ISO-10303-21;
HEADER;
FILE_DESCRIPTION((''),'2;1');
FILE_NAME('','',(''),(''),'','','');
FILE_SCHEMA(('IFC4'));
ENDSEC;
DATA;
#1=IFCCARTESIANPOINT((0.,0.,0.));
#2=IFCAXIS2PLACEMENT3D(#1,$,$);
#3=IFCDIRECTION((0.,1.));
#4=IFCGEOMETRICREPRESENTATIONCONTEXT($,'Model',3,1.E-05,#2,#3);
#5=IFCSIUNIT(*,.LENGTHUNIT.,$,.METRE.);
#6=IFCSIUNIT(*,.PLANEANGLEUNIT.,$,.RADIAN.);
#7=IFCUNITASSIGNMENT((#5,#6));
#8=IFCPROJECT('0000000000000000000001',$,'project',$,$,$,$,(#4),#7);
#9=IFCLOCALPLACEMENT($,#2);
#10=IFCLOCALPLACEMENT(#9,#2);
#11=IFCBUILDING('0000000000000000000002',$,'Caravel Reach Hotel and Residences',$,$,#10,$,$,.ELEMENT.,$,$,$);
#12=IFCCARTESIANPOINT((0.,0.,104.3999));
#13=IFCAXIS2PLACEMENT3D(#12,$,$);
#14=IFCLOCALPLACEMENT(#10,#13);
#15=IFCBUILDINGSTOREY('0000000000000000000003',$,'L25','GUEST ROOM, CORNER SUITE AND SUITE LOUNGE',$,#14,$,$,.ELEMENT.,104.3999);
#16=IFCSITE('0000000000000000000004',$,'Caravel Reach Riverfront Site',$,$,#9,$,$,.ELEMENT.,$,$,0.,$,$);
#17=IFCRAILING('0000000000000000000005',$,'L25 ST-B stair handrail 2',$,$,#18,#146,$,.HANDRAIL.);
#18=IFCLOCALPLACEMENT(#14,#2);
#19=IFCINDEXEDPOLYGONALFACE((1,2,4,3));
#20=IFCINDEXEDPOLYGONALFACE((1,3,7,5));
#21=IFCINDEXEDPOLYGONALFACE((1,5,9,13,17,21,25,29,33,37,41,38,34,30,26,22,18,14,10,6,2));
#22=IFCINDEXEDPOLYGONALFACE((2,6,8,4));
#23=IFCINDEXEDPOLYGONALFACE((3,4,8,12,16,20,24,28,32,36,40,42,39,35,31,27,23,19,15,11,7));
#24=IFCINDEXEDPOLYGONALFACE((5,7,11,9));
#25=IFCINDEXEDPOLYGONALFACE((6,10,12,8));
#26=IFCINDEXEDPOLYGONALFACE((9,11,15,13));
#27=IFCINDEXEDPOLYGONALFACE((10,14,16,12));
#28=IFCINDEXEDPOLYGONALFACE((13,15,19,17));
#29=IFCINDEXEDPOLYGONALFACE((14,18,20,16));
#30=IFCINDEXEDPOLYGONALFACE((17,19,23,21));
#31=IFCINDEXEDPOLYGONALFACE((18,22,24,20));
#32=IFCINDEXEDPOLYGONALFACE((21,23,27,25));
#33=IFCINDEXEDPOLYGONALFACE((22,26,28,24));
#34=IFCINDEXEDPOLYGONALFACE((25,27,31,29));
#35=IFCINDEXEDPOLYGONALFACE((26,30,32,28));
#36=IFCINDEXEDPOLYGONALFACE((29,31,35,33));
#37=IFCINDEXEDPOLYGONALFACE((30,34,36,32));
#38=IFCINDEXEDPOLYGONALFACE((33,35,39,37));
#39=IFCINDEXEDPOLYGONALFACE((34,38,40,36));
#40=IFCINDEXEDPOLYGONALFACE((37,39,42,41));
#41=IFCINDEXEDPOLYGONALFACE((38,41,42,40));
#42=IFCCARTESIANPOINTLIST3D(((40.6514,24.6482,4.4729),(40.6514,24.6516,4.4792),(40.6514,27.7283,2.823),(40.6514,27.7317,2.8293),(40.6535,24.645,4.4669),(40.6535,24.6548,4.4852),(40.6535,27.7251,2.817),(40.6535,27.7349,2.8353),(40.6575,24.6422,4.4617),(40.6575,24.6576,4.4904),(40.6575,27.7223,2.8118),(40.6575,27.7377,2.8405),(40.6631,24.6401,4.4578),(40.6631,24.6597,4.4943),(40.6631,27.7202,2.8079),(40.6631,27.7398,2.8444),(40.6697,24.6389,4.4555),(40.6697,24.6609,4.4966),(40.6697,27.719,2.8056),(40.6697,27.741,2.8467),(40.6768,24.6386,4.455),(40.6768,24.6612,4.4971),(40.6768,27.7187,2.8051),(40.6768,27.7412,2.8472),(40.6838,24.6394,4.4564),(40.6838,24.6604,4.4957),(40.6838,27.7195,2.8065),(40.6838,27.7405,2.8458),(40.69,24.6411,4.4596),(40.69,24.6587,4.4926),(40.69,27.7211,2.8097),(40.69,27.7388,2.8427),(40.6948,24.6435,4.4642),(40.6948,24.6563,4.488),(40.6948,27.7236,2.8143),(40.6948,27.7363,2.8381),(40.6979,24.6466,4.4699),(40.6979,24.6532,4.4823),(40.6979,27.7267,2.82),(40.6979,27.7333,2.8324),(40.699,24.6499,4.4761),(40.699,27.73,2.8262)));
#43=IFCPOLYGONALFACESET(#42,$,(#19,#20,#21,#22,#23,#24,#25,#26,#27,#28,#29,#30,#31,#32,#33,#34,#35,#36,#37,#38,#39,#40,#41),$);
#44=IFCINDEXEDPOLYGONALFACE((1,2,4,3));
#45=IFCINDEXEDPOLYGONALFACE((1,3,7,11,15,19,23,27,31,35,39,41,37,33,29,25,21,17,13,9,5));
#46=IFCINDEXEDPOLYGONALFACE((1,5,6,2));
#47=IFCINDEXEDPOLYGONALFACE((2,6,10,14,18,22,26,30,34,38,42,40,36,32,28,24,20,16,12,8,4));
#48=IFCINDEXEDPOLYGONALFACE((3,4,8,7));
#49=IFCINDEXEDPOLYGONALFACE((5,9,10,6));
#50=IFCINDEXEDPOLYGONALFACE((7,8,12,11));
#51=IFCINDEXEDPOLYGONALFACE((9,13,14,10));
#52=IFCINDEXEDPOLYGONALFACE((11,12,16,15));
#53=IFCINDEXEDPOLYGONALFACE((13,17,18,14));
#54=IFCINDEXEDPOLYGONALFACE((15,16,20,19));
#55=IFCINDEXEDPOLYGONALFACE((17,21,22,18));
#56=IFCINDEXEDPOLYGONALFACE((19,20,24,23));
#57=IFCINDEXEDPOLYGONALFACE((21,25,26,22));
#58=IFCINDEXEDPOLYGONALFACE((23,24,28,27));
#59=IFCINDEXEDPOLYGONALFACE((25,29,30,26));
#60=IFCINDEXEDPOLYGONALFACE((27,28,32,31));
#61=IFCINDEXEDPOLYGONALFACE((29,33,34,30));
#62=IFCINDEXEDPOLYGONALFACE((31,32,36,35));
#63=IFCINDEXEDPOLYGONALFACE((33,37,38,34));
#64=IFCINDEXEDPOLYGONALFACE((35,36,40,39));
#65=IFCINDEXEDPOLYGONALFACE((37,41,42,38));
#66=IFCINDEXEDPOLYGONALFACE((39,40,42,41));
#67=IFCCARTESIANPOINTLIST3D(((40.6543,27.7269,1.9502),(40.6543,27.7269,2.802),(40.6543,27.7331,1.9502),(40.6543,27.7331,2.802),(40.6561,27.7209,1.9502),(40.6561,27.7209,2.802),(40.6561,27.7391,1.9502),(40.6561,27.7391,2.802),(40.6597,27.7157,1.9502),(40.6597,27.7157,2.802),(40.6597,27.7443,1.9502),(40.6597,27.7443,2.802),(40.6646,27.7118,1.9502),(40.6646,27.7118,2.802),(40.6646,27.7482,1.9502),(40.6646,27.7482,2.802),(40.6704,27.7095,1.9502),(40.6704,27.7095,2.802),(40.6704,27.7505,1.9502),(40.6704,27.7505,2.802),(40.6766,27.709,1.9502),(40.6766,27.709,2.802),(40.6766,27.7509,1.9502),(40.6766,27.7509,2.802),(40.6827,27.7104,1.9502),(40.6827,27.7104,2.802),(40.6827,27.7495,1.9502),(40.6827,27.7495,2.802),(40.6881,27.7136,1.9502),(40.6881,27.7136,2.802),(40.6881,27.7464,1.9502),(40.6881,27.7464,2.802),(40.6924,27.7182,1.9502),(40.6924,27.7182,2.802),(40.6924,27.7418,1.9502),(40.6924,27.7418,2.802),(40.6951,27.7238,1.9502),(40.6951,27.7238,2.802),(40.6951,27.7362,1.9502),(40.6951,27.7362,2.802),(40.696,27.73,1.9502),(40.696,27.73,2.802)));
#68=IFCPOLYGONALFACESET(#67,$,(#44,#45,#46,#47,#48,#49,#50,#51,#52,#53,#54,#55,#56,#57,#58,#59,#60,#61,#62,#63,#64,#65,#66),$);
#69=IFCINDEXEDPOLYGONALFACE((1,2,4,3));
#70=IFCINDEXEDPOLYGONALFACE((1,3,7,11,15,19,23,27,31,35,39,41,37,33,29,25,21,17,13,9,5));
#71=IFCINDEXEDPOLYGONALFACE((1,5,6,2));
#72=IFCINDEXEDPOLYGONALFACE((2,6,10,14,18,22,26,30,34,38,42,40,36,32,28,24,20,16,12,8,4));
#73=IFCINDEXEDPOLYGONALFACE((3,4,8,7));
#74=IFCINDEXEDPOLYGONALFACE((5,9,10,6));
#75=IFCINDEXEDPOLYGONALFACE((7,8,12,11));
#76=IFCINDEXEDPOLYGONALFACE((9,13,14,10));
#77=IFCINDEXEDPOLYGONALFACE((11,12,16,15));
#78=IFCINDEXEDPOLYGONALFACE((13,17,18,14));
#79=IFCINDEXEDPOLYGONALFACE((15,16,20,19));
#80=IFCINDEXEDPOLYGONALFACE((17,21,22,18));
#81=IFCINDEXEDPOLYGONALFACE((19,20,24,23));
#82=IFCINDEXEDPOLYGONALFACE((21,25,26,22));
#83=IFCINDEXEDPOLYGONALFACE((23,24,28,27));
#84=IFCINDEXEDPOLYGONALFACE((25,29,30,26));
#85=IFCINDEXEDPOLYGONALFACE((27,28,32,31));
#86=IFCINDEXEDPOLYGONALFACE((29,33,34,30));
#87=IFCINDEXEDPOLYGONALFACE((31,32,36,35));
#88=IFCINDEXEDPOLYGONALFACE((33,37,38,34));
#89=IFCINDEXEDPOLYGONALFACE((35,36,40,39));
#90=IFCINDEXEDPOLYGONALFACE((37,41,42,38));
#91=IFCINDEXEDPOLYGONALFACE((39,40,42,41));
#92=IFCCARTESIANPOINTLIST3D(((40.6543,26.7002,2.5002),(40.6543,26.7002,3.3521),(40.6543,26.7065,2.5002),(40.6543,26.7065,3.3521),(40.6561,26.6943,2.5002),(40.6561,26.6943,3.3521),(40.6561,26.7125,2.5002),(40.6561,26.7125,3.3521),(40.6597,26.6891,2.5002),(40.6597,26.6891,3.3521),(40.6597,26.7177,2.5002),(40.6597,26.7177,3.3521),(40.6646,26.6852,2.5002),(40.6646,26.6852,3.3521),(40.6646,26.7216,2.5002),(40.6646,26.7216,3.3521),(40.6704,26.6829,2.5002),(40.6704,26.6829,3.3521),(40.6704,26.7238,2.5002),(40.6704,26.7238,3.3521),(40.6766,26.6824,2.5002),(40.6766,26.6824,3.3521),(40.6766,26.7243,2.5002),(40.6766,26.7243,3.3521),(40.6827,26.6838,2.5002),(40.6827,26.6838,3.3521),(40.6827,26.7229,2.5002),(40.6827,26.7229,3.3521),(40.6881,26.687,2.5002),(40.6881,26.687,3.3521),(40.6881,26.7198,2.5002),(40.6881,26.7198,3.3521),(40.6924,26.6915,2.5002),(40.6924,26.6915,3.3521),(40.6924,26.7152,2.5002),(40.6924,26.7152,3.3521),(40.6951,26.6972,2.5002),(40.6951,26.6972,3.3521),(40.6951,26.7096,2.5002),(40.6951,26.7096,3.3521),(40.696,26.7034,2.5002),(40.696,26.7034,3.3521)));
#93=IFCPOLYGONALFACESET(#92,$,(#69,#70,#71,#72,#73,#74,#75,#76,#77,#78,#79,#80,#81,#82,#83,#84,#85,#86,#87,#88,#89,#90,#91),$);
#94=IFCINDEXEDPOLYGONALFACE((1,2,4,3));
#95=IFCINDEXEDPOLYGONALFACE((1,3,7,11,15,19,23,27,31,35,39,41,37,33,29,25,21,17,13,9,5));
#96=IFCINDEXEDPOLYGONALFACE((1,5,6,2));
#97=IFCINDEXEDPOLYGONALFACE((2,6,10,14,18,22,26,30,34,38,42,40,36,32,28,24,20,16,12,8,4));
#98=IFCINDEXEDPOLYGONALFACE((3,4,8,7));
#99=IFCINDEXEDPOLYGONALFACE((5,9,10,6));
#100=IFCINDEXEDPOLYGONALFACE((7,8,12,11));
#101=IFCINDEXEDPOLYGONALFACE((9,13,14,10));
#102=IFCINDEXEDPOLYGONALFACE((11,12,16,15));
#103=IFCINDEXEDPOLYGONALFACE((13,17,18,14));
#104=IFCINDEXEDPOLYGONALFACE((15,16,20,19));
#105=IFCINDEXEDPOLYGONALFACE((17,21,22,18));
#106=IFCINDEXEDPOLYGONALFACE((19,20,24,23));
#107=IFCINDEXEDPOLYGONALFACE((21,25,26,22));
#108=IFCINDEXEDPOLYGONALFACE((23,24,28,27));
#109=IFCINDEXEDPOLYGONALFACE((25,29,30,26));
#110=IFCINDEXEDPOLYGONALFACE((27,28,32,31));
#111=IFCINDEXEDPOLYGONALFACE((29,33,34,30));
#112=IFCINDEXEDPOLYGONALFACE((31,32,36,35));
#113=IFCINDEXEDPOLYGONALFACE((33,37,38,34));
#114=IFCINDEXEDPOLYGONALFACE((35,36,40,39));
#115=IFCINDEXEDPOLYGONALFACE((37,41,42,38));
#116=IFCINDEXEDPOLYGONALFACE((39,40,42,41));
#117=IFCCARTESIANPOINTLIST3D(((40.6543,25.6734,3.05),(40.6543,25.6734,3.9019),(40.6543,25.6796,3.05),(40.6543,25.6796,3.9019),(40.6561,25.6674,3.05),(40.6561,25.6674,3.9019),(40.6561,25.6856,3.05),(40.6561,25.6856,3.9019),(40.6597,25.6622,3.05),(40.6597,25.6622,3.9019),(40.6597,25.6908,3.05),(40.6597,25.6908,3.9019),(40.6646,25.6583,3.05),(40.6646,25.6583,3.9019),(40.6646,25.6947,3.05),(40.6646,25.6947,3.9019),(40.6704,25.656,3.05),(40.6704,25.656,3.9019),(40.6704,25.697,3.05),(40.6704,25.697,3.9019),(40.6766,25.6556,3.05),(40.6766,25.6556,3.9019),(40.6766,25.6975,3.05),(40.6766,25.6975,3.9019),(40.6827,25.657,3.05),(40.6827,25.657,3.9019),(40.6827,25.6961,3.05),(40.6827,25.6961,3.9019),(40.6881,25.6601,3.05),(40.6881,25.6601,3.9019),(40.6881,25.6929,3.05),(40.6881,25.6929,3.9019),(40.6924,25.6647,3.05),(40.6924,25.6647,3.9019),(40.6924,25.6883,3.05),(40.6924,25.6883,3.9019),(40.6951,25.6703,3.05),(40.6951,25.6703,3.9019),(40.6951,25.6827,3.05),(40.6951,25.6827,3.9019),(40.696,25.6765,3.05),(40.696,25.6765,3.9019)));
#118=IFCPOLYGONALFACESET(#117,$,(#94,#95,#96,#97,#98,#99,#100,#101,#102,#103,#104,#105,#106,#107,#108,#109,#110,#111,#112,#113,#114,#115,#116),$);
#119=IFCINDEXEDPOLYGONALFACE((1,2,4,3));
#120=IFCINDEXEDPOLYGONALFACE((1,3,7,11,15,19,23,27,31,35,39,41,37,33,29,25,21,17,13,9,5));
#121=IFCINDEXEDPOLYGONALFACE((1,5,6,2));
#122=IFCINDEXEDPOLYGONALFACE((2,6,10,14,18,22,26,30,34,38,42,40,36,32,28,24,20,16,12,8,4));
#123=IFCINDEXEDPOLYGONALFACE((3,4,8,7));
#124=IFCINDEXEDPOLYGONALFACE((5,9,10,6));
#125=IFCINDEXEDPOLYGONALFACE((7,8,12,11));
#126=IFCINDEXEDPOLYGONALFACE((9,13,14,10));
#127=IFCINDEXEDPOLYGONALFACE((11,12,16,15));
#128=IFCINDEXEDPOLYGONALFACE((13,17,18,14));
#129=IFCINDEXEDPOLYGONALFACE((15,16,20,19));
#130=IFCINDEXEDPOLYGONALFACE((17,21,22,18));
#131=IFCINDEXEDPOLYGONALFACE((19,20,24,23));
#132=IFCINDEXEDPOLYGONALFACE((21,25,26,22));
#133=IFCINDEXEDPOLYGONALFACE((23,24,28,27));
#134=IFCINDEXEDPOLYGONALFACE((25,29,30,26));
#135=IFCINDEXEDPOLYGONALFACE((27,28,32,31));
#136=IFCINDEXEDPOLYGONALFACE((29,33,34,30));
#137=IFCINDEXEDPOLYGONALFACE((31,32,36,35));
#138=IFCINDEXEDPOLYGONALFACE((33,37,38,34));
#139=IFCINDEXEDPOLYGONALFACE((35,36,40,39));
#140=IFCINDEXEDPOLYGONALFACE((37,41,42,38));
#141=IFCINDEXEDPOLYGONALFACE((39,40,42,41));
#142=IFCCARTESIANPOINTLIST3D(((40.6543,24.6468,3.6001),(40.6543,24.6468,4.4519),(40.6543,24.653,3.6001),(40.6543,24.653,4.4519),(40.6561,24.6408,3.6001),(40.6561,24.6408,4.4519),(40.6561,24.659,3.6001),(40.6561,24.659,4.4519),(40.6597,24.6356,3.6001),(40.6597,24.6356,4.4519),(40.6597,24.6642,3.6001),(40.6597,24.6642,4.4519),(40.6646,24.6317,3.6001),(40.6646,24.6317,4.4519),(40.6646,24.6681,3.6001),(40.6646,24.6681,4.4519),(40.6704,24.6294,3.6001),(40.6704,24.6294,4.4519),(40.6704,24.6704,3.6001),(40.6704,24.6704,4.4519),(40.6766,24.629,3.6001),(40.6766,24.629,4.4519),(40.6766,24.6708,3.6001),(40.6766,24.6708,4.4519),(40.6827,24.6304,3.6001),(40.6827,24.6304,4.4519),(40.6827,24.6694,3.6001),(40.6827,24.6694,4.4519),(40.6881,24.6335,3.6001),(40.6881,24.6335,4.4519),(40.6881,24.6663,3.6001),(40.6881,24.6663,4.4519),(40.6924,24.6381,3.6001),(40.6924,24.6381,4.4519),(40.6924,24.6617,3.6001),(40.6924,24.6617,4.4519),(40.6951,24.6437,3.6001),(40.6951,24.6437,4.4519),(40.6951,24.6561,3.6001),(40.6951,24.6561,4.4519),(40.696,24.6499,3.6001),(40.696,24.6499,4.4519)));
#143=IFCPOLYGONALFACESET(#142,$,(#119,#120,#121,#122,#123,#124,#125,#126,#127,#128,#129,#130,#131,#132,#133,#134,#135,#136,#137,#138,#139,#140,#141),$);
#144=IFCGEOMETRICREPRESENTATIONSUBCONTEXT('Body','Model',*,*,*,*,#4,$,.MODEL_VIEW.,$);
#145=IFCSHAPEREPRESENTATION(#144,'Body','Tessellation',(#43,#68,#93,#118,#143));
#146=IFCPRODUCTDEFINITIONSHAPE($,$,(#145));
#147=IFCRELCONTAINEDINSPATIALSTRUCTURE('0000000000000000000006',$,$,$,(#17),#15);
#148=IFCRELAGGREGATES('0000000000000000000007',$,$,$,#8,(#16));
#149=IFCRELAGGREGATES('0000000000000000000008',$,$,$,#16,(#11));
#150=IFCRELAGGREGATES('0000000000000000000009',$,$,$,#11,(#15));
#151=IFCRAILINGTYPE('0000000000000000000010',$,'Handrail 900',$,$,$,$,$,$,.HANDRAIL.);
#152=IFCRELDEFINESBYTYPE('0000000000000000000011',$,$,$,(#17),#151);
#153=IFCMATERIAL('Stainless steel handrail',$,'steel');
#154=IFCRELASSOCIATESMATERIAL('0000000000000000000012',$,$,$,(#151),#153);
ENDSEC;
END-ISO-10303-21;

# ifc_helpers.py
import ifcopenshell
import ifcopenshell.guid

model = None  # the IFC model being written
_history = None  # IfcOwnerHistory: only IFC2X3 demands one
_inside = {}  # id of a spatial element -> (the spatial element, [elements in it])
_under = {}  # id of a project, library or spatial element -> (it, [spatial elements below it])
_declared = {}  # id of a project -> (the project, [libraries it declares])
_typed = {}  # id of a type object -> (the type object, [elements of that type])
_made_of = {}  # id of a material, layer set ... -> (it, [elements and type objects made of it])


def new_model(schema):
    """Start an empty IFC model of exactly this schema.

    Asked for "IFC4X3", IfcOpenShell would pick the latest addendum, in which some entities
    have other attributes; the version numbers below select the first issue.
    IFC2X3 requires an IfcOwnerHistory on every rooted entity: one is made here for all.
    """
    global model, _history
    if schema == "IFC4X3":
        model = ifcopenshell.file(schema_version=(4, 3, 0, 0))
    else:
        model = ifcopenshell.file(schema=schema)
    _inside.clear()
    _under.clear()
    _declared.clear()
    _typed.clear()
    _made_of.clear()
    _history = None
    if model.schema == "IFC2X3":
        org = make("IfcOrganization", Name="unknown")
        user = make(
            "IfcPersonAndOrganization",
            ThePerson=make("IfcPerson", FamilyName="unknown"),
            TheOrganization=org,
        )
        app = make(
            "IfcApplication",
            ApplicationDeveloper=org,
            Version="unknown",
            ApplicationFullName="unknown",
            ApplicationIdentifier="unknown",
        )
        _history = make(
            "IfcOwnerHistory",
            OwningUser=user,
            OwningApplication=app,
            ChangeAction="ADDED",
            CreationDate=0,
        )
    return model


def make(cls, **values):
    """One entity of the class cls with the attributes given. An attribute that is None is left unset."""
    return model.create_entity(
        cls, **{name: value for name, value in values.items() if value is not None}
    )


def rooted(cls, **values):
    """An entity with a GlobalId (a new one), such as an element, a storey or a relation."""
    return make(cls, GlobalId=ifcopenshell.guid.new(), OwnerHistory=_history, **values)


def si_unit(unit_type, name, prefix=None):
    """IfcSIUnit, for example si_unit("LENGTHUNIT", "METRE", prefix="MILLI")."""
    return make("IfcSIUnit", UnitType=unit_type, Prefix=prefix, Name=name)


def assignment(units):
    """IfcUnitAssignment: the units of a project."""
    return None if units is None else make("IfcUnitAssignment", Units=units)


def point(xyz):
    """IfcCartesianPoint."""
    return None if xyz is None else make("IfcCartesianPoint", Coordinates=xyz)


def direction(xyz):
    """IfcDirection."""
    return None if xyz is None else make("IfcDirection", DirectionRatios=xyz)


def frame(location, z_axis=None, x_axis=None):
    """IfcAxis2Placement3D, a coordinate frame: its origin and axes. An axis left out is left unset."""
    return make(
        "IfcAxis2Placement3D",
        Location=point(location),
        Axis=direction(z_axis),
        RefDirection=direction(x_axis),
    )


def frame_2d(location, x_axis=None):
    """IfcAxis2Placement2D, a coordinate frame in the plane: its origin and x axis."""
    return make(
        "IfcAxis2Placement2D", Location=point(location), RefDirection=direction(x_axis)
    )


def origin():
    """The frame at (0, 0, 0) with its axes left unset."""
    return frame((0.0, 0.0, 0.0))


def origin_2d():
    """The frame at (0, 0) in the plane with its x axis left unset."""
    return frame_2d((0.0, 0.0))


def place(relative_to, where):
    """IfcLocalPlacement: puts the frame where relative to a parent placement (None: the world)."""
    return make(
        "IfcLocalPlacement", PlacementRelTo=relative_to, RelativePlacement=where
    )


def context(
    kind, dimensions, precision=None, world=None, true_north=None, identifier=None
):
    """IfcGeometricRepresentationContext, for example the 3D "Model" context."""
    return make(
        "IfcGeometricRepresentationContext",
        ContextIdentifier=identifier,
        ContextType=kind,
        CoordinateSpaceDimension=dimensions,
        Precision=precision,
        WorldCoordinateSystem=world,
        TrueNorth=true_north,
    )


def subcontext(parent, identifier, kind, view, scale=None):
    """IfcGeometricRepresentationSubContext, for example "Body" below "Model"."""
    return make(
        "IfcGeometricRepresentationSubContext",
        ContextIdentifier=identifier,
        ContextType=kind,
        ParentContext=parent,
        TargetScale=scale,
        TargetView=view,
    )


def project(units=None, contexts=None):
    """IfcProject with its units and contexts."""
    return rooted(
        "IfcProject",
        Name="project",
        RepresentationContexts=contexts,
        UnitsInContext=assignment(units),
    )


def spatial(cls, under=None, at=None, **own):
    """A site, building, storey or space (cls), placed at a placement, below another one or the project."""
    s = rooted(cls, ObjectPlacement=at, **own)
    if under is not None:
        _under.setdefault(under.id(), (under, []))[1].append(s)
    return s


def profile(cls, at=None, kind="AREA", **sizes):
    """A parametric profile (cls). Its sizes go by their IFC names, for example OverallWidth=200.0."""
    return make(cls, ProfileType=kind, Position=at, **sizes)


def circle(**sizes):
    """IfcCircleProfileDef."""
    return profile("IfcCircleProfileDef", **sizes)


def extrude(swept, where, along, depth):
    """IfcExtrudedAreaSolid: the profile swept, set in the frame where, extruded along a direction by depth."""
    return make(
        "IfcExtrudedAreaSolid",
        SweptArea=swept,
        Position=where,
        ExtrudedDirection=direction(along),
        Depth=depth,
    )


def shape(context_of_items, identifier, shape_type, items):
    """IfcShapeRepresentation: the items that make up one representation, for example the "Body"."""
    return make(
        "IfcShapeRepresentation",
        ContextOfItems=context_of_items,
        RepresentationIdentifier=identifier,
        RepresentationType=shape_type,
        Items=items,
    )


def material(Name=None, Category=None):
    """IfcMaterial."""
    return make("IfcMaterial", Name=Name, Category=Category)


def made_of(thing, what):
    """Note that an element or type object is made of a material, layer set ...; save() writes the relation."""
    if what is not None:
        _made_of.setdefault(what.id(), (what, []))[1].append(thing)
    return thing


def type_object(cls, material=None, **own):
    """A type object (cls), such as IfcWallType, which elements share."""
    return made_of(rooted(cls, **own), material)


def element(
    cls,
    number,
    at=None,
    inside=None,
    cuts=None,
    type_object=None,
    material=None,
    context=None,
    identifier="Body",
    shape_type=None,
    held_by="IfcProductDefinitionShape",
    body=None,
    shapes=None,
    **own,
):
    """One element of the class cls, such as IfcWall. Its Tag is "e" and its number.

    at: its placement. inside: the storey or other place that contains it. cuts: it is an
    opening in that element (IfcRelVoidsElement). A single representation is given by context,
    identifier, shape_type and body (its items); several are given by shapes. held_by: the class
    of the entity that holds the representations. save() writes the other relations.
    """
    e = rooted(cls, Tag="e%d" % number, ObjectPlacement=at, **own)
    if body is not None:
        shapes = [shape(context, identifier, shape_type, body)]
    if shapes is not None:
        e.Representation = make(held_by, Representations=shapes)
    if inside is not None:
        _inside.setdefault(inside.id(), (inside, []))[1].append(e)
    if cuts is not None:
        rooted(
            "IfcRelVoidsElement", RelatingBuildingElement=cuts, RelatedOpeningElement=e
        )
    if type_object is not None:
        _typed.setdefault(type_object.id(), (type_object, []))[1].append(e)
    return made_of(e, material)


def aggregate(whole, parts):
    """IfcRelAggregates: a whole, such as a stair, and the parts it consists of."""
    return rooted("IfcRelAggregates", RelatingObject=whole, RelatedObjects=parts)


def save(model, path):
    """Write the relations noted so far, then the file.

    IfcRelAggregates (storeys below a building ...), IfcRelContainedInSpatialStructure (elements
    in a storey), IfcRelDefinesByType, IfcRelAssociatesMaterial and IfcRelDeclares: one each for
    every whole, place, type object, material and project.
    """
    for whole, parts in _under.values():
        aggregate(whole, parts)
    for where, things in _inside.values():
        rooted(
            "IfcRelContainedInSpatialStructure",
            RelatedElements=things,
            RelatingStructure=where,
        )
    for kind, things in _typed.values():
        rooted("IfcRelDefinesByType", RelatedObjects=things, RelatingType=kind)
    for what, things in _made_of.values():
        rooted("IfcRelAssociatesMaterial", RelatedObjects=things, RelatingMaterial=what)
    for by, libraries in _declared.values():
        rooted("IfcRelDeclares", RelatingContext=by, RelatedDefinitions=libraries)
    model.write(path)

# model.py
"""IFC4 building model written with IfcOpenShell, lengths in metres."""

from ifc_helpers import new_model, si_unit, direction, frame, origin, origin_2d, place, context, subcontext, project, spatial, circle, extrude, material, type_object, element, save


model = new_model("IFC4")

# Units and contexts
model_context = context("Model", 3, precision=1e-05, world=origin(), true_north=direction((0.0, 1.0)))
body_context = subcontext(model_context, "Body", "Model", "MODEL_VIEW")
ifc_project = project(units=[si_unit("LENGTHUNIT", "METRE"), si_unit("PLANEANGLEUNIT", "RADIAN")], contexts=[model_context])

# Site, building, storey
site_placement = place(None, origin())
site = spatial("IfcSite", under=ifc_project, at=site_placement, Name="Caravel Reach Riverfront Site", CompositionType="ELEMENT", RefElevation=0.0)
building_placement = place(site_placement, origin())
building = spatial("IfcBuilding", under=site, at=building_placement, Name="Caravel Reach Hotel and Residences", CompositionType="ELEMENT")
storey_placement = place(building_placement, frame((0.0, 0.0, 104.3999)))
storey = spatial("IfcBuildingStorey", under=building, at=storey_placement, Name="L25", Description="GUEST ROOM, CORNER SUITE AND SUITE LOUNGE", CompositionType="ELEMENT", Elevation=104.3999)

# Railing
ifc_material_1 = material(Name="Stainless steel handrail", Category="steel")
railing_type_1 = type_object("IfcRailingType", Name="Handrail 900", PredefinedType="HANDRAIL", material=ifc_material_1)
railing_1_placement = place(storey_placement, frame((40.675, 27.73, 1.9502)))
element("IfcRailing", 1, at=railing_1_placement, inside=storey, type_object=railing_type_1, Name="L25 ST-B stair handrail 2", PredefinedType="HANDRAIL", context=body_context, shape_type="SweptSolid", body=[
    extrude(circle(Radius=0.0239, at=origin_2d()), frame((0.0, 0.0, 0.876), z_axis=(0.0, -0.881497, 0.47219), x_axis=(1.0, 0.0, 0.0)), (0.0, 0.0, 1.0), 3.4941),
    extrude(circle(Radius=0.021, at=origin_2d()), origin(), (0.0, 0.0, 1.0), 0.8518),
    extrude(circle(Radius=0.021, at=origin_2d()), frame((0.0, -1.0266, 0.55)), (0.0, 0.0, 1.0), 0.8518),
    extrude(circle(Radius=0.021, at=origin_2d()), frame((0.0, -2.0535, 1.0999)), (0.0, 0.0, 1.0), 0.8518),
    extrude(circle(Radius=0.021, at=origin_2d()), frame((0.0, -3.0801, 1.6499)), (0.0, 0.0, 1.0), 0.8518),
])

save(model, "model.ifc")
